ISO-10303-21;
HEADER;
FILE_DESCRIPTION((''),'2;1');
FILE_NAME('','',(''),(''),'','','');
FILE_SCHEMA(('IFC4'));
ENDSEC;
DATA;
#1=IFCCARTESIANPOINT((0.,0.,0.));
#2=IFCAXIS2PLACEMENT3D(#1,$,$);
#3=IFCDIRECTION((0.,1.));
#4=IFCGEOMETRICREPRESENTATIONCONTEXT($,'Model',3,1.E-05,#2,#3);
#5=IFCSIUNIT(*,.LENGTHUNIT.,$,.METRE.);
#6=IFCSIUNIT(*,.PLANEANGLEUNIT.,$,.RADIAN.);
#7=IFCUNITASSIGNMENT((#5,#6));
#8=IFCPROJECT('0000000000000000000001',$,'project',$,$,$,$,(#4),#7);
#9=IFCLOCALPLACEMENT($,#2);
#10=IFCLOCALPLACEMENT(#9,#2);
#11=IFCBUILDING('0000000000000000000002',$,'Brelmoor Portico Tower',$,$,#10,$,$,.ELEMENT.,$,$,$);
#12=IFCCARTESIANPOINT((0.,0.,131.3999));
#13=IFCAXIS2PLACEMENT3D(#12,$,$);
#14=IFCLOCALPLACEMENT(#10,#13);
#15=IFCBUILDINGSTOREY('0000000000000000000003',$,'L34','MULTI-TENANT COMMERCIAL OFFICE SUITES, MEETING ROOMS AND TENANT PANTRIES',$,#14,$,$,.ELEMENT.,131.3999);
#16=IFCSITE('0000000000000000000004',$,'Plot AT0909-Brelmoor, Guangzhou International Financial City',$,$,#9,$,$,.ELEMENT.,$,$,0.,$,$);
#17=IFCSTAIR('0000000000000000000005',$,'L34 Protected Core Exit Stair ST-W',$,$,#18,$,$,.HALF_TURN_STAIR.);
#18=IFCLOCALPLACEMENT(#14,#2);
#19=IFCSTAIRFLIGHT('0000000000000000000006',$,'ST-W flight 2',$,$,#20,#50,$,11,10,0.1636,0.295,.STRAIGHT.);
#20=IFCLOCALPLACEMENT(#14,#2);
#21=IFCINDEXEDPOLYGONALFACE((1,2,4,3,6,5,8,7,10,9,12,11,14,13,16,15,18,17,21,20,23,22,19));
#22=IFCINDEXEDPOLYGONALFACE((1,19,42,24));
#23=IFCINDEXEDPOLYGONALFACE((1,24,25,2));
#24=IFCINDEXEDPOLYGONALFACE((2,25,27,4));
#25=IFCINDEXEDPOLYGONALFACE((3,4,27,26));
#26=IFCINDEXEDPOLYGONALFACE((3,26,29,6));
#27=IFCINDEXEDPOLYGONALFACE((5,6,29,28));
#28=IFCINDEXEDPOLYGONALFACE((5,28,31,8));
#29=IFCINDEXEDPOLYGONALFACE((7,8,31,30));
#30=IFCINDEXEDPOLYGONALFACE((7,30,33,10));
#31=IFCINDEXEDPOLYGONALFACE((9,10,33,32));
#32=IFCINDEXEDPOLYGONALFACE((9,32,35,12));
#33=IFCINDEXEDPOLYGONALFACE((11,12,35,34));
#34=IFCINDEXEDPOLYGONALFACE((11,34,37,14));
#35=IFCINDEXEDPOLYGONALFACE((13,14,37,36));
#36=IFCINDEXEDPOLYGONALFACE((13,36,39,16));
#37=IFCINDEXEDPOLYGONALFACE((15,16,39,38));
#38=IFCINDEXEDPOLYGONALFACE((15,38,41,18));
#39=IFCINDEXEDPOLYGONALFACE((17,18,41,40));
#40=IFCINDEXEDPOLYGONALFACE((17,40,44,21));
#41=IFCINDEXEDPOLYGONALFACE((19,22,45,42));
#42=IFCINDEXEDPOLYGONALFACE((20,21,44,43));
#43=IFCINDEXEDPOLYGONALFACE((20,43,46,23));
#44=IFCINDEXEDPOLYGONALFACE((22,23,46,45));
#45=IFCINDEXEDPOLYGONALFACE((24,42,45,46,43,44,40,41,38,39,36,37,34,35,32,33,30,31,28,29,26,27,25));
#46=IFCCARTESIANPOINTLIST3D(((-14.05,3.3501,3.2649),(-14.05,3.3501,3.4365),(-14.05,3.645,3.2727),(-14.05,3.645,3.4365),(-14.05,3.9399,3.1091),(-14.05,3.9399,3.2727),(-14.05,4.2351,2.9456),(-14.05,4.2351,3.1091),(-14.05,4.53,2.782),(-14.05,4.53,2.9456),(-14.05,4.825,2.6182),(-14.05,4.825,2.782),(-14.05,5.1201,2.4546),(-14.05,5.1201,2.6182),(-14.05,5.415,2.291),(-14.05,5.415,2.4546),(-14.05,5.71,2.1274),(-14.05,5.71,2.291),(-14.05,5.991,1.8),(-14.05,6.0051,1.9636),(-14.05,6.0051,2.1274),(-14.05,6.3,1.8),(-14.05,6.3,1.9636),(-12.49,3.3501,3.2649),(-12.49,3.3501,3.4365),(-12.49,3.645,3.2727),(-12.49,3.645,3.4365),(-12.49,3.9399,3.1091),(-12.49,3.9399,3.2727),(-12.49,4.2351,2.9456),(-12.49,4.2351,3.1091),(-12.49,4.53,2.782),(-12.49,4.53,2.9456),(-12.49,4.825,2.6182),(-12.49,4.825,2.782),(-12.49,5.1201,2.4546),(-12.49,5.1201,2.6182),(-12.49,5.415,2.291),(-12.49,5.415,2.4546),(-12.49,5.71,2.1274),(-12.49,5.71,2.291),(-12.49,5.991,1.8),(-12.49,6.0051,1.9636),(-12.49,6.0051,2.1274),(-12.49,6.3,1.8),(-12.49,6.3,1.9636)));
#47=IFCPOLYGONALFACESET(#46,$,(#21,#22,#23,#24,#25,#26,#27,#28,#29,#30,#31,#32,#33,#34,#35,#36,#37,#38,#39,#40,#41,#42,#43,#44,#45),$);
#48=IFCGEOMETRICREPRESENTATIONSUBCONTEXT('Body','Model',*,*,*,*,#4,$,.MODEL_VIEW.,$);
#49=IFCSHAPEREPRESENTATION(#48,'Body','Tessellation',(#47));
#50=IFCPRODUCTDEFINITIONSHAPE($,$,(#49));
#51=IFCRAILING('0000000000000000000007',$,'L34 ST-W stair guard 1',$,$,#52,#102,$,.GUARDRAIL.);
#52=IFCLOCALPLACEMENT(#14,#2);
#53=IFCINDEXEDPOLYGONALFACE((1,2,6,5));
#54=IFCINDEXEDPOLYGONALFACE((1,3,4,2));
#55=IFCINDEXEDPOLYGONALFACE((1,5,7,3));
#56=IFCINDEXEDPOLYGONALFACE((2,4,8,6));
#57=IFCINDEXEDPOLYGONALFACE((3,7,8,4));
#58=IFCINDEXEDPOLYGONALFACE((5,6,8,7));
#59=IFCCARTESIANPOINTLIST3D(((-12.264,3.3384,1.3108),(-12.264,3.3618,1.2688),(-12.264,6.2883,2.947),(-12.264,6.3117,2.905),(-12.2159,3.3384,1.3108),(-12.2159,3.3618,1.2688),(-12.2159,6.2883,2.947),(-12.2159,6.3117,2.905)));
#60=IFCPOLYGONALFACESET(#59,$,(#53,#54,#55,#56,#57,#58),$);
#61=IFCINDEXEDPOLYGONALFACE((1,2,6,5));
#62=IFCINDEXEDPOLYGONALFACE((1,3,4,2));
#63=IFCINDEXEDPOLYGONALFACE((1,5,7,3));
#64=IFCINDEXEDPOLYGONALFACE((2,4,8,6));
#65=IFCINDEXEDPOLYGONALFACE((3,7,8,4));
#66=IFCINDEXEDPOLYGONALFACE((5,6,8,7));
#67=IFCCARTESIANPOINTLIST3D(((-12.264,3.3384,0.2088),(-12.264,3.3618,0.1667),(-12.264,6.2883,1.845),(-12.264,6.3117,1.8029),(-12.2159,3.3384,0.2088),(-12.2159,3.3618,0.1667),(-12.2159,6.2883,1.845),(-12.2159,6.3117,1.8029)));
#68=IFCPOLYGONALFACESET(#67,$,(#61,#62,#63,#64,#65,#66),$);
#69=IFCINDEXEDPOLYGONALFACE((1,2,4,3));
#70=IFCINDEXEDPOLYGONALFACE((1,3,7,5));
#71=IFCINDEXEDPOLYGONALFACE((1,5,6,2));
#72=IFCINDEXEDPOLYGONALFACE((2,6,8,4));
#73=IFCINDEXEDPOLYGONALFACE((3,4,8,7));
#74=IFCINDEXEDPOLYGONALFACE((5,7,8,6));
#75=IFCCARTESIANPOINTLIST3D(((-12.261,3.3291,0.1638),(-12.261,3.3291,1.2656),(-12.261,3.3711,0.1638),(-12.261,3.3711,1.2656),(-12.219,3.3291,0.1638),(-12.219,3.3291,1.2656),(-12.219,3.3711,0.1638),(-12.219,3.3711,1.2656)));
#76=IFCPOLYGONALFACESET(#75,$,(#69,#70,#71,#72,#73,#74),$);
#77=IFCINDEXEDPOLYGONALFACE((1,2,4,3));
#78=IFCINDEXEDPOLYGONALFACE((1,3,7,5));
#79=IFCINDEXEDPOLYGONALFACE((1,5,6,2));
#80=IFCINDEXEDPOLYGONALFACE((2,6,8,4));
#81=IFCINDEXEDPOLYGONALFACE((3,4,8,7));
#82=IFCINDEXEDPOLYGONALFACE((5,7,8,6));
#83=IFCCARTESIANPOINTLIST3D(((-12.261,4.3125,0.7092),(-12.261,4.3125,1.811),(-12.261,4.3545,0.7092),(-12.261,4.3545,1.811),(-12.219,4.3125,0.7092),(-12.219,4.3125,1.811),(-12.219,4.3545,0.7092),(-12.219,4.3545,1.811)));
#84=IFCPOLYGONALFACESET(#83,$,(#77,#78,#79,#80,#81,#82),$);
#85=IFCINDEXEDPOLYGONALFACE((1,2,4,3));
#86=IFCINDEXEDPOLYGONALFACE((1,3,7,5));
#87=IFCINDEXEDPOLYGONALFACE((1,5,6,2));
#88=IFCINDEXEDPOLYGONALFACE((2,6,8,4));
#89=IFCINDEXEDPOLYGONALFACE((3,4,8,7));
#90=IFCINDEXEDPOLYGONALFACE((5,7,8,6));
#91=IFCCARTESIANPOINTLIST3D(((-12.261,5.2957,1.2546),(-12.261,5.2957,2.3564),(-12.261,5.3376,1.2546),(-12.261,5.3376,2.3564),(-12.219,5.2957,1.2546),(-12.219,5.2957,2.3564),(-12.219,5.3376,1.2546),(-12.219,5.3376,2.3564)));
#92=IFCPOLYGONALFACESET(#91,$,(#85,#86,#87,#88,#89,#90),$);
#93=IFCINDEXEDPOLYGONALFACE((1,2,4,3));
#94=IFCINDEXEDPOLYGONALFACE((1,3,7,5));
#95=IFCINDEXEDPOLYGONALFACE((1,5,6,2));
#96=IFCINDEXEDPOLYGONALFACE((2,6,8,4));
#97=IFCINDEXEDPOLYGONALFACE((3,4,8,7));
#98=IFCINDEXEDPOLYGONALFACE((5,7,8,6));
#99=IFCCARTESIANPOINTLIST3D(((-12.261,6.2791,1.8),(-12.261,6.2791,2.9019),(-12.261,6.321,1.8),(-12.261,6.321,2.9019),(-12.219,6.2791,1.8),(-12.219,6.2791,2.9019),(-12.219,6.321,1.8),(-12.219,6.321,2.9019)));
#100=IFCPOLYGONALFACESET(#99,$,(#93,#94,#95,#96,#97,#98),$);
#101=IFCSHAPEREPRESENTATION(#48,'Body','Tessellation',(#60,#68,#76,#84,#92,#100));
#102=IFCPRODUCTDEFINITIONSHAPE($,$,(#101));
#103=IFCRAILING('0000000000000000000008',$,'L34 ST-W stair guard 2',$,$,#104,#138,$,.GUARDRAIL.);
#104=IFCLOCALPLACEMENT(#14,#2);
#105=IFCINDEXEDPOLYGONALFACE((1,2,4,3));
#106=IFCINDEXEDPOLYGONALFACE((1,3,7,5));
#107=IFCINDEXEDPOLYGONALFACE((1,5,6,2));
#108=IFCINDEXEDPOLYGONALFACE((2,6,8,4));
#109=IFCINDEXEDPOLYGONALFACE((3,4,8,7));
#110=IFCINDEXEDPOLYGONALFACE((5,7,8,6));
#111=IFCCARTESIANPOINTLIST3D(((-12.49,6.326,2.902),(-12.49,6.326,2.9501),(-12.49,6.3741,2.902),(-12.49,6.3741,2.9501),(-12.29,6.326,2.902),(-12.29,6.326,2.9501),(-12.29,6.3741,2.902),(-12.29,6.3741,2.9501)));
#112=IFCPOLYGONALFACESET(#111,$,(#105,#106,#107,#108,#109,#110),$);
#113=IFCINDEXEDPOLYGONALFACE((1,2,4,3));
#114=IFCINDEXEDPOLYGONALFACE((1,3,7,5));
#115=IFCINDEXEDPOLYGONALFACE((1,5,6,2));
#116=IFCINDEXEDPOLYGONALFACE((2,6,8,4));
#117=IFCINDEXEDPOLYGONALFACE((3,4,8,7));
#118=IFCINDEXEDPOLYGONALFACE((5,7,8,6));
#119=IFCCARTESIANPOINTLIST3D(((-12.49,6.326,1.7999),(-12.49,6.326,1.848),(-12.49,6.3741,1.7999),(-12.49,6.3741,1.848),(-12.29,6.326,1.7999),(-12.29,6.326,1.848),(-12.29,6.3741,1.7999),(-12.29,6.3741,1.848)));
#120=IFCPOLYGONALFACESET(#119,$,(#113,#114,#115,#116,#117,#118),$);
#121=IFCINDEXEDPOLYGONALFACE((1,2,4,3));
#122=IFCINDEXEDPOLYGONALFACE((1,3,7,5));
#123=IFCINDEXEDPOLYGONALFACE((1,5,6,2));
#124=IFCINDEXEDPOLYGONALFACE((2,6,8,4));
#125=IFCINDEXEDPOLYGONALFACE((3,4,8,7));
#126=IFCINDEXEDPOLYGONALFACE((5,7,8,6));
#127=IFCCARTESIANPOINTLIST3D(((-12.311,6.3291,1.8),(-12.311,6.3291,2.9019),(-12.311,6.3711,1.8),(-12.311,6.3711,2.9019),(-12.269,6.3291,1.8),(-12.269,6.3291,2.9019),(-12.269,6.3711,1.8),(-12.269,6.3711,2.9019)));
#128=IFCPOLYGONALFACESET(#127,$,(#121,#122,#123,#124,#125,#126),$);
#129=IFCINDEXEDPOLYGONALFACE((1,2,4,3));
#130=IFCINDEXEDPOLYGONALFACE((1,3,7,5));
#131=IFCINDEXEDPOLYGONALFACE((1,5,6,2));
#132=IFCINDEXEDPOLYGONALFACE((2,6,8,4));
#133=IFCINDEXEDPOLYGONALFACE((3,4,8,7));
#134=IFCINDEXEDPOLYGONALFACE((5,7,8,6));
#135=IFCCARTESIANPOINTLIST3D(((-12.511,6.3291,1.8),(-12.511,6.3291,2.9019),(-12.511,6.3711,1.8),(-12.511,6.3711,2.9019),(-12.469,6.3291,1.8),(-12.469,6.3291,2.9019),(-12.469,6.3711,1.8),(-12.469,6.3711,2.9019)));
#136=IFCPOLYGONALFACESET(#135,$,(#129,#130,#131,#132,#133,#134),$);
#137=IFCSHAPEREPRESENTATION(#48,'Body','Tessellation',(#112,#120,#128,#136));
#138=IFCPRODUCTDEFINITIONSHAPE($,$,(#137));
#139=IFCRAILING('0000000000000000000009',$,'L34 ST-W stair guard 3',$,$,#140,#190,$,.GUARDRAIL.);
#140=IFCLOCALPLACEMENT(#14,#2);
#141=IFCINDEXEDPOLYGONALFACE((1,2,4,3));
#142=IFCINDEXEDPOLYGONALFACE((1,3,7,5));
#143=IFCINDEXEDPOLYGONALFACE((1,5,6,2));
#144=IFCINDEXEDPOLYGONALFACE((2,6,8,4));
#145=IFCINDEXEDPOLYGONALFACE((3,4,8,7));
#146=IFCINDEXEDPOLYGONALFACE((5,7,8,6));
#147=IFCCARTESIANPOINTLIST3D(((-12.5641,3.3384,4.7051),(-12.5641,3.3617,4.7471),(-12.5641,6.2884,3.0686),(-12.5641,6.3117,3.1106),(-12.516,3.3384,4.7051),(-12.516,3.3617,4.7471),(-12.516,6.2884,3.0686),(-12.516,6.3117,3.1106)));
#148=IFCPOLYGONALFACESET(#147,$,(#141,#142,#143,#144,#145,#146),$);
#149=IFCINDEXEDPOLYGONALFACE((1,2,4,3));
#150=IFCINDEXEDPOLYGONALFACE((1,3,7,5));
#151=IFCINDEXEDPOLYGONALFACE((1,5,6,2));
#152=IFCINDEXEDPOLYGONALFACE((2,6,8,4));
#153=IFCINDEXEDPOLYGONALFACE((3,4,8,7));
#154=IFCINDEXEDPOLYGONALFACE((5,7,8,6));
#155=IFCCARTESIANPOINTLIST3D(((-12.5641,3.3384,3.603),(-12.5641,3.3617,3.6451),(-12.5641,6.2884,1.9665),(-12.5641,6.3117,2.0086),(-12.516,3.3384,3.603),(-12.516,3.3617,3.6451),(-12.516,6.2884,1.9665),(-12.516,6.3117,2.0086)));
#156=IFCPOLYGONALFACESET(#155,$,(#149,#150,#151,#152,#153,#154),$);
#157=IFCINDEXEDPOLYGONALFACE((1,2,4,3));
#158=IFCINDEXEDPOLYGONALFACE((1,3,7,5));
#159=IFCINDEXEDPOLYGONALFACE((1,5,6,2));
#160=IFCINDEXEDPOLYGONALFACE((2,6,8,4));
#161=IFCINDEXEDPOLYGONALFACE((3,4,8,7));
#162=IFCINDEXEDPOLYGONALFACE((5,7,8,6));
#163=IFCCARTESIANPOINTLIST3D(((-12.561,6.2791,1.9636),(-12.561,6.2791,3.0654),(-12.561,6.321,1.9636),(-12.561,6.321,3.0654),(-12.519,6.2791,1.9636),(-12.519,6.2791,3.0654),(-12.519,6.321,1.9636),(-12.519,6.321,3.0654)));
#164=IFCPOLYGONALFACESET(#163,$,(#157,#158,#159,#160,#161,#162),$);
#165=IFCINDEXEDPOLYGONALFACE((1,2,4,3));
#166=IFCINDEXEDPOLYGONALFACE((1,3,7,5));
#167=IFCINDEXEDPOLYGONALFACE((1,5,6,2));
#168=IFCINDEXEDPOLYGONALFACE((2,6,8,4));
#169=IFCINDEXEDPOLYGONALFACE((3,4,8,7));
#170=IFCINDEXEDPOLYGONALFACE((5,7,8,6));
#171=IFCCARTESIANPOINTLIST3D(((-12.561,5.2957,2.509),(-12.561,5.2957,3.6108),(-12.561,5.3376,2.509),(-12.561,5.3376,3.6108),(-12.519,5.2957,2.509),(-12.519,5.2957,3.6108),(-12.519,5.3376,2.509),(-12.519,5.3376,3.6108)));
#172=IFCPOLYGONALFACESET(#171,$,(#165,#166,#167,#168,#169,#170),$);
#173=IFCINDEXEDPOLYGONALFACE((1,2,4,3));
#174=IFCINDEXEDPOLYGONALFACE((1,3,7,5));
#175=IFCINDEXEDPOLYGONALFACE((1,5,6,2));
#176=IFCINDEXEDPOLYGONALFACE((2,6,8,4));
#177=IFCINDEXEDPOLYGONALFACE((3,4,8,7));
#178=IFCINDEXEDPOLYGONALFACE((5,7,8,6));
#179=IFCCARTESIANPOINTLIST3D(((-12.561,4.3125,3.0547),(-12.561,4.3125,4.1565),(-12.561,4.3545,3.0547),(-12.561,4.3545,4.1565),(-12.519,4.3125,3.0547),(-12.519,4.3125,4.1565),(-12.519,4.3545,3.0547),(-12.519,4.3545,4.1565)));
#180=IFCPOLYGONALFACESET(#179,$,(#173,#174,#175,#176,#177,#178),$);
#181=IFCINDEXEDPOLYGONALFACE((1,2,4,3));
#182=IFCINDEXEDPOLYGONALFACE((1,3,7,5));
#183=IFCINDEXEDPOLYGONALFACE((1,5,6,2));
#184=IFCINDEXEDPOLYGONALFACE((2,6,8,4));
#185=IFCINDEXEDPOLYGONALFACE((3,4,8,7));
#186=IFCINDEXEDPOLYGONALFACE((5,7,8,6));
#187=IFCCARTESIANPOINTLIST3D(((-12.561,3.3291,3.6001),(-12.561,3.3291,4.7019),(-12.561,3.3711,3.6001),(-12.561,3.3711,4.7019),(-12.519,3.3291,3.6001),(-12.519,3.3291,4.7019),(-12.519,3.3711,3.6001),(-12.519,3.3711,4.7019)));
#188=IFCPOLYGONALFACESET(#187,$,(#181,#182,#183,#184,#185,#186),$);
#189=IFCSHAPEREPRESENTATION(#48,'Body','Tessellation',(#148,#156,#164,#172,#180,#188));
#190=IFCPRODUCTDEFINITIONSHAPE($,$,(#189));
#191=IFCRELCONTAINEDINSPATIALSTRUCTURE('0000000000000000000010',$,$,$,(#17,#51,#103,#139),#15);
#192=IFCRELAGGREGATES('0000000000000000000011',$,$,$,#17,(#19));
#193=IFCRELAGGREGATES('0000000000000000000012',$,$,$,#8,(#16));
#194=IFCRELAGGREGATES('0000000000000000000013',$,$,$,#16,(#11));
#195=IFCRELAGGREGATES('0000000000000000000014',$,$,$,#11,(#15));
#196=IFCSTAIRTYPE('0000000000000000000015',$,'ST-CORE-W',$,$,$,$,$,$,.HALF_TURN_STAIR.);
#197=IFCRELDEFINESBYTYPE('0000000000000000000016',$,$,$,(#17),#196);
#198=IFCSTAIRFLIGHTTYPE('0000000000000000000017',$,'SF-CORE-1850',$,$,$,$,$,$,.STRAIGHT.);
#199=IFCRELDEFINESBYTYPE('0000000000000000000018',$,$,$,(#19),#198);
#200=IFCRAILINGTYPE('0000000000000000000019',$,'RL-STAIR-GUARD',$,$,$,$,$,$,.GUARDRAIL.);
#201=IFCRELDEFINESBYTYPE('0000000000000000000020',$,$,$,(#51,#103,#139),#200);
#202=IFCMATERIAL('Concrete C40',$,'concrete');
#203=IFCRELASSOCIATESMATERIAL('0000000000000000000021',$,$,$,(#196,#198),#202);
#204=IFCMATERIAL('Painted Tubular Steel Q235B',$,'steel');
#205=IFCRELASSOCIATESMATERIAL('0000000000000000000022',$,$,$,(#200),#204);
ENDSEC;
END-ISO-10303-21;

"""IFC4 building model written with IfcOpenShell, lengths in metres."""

from ifc_helpers import new_model, si_unit, direction, frame, origin, origin_2d, place, context, subcontext, project, spatial, polyline, rectangle, outline, extrude, material, type_object, element, aggregate, save


model = new_model("IFC4")

# Units and contexts
model_context = context("Model", 3, precision=1e-05, world=origin(), true_north=direction((0.0, 1.0)))
body_context = subcontext(model_context, "Body", "Model", "MODEL_VIEW")
ifc_project = project(units=[si_unit("LENGTHUNIT", "METRE"), si_unit("PLANEANGLEUNIT", "RADIAN")], contexts=[model_context])

# Site, building, storey
site_placement = place(None, origin())
site = spatial("IfcSite", under=ifc_project, at=site_placement, Name="Plot AT0909-Brelmoor, Guangzhou International Financial City", CompositionType="ELEMENT", RefElevation=0.0)
building_placement = place(site_placement, origin())
building = spatial("IfcBuilding", under=site, at=building_placement, Name="Brelmoor Portico Tower", CompositionType="ELEMENT")
storey_placement = place(building_placement, frame((0.0, 0.0, 131.3999)))
storey = spatial("IfcBuildingStorey", under=building, at=storey_placement, Name="L34", Description="MULTI-TENANT COMMERCIAL OFFICE SUITES, MEETING ROOMS AND TENANT PANTRIES", CompositionType="ELEMENT", Elevation=131.3999)

# Shared definitions
ifc_material_1 = material(Name="Concrete C40", Category="concrete")

# Stair
stair_type_1 = type_object("IfcStairType", Name="ST-CORE-W", PredefinedType="HALF_TURN_STAIR", material=ifc_material_1)
stair_1_placement = place(storey_placement, origin())
stair_1 = element("IfcStair", 1, at=stair_1_placement, inside=storey, type_object=stair_type_1, Name="L34 Protected Core Exit Stair ST-W", PredefinedType="HALF_TURN_STAIR")

# Stair flight
stair_flight_type = type_object("IfcStairFlightType", Name="SF-CORE-1850", PredefinedType="STRAIGHT", material=ifc_material_1)
stair_flight_1_placement = place(storey_placement, frame((-13.27, 6.3, 1.8), z_axis=(0.0, 0.0, 1.0), x_axis=(0.0, -1.0, 0.0)))
stair_flight_1 = element("IfcStairFlight", 2, at=stair_flight_1_placement, type_object=stair_flight_type, Name="ST-W flight 2", NumberOfRisers=11, NumberOfTreads=10, PredefinedType="STRAIGHT", RiserHeight=0.1636, TreadLength=0.295, context=body_context, shape_type="SweptSolid", body=[
    extrude(outline(polyline([(0.0, 0.0), (0.0, 0.1636), (0.2949, 0.1636), (0.2949, 0.3274), (0.5901, 0.3274), (0.5901, 0.491), (0.885, 0.491), (0.885, 0.6545), (1.1799, 0.6545), (1.1799, 0.8181), (1.4751, 0.8181), (1.4751, 0.9819), (1.77, 0.9819), (1.77, 1.1455), (2.0649, 1.1455), (2.0649, 1.3091), (2.3601, 1.3091), (2.3601, 1.4727), (2.655, 1.4727), (2.655, 1.6365), (2.95, 1.6365), (2.95, 1.8), (2.95, 1.4648), (0.3091, 0.0), (0.0, 0.0)])), frame((0.0, 0.78, 0.0), z_axis=(0.0, -1.0, 0.0), x_axis=(1.0, 0.0, 0.0)), (0.0, 0.0, 1.0), 1.5601),
])
aggregate(stair_1, [stair_flight_1])

# Railings
ifc_material_2 = material(Name="Painted Tubular Steel Q235B", Category="steel")
railing_type_1 = type_object("IfcRailingType", Name="RL-STAIR-GUARD", PredefinedType="GUARDRAIL", material=ifc_material_2)
railing_1_placement = place(storey_placement, frame((-12.24, 3.3501, 0.1638)))
element("IfcRailing", 3, at=railing_1_placement, inside=storey, type_object=railing_type_1, Name="L34 ST-W stair guard 1", PredefinedType="GUARDRAIL", context=body_context, shape_type="SweptSolid", body=[
    extrude(rectangle(XDim=0.0481, YDim=0.0481, at=origin_2d()), frame((0.0, 0.0, 1.126), z_axis=(0.0, 0.874488, 0.485047), x_axis=(-1.0, 0.0, 0.0)), (0.0, 0.0, 1.0), 3.3733),
    extrude(rectangle(XDim=0.0481, YDim=0.0481, at=origin_2d()), frame((0.0, 0.0, 0.0239), z_axis=(0.0, 0.874488, 0.485047), x_axis=(-1.0, 0.0, 0.0)), (0.0, 0.0, 1.0), 3.3733),
    extrude(rectangle(XDim=0.042, YDim=0.042, at=origin_2d()), origin(), (0.0, 0.0, 1.0), 1.1018),
    extrude(rectangle(XDim=0.042, YDim=0.042, at=origin_2d()), frame((0.0, 0.9834, 0.5454)), (0.0, 0.0, 1.0), 1.1018),
    extrude(rectangle(XDim=0.042, YDim=0.042, at=origin_2d()), frame((0.0, 1.9666, 1.0908)), (0.0, 0.0, 1.0), 1.1018),
    extrude(rectangle(XDim=0.042, YDim=0.042, at=origin_2d()), frame((0.0, 2.95, 1.6362)), (0.0, 0.0, 1.0), 1.1018),
])
railing_2_placement = place(storey_placement, frame((-12.29, 6.3501, 1.8)))
element("IfcRailing", 4, at=railing_2_placement, inside=storey, type_object=railing_type_1, Name="L34 ST-W stair guard 2", PredefinedType="GUARDRAIL", context=body_context, shape_type="SweptSolid", body=[
    extrude(rectangle(XDim=0.0481, YDim=0.0481, at=origin_2d()), frame((0.0, 0.0, 1.126), z_axis=(-1.0, 0.0, 0.0), x_axis=(0.0, -1.0, 0.0)), (0.0, 0.0, 1.0), 0.2),
    extrude(rectangle(XDim=0.0481, YDim=0.0481, at=origin_2d()), frame((0.0, 0.0, 0.0239), z_axis=(-1.0, 0.0, 0.0), x_axis=(0.0, -1.0, 0.0)), (0.0, 0.0, 1.0), 0.2),
    extrude(rectangle(XDim=0.042, YDim=0.042, at=origin_2d()), origin(), (0.0, 0.0, 1.0), 1.1018),
    extrude(rectangle(XDim=0.042, YDim=0.042, at=origin_2d()), frame((-0.2, 0.0, 0.0)), (0.0, 0.0, 1.0), 1.1018),
])
railing_3_placement = place(storey_placement, frame((-12.54, 6.3, 1.9636)))
element("IfcRailing", 5, at=railing_3_placement, inside=storey, type_object=railing_type_1, Name="L34 ST-W stair guard 3", PredefinedType="GUARDRAIL", context=body_context, shape_type="SweptSolid", body=[
    extrude(rectangle(XDim=0.0481, YDim=0.0481, at=origin_2d()), frame((0.0, 0.0, 1.126), z_axis=(0.0, -0.874458, 0.485102), x_axis=(1.0, 0.0, 0.0)), (0.0, 0.0, 1.0), 3.3735),
    extrude(rectangle(XDim=0.0481, YDim=0.0481, at=origin_2d()), frame((0.0, 0.0, 0.0239), z_axis=(0.0, -0.874458, 0.485102), x_axis=(1.0, 0.0, 0.0)), (0.0, 0.0, 1.0), 3.3735),
    extrude(rectangle(XDim=0.042, YDim=0.042, at=origin_2d()), origin(), (0.0, 0.0, 1.0), 1.1018),
    extrude(rectangle(XDim=0.042, YDim=0.042, at=origin_2d()), frame((0.0, -0.9834, 0.5454)), (0.0, 0.0, 1.0), 1.1018),
    extrude(rectangle(XDim=0.042, YDim=0.042, at=origin_2d()), frame((0.0, -1.9666, 1.0911)), (0.0, 0.0, 1.0), 1.1018),
    extrude(rectangle(XDim=0.042, YDim=0.042, at=origin_2d()), frame((0.0, -2.95, 1.6365)), (0.0, 0.0, 1.0), 1.1018),
])

save(model, "model.ifc")
